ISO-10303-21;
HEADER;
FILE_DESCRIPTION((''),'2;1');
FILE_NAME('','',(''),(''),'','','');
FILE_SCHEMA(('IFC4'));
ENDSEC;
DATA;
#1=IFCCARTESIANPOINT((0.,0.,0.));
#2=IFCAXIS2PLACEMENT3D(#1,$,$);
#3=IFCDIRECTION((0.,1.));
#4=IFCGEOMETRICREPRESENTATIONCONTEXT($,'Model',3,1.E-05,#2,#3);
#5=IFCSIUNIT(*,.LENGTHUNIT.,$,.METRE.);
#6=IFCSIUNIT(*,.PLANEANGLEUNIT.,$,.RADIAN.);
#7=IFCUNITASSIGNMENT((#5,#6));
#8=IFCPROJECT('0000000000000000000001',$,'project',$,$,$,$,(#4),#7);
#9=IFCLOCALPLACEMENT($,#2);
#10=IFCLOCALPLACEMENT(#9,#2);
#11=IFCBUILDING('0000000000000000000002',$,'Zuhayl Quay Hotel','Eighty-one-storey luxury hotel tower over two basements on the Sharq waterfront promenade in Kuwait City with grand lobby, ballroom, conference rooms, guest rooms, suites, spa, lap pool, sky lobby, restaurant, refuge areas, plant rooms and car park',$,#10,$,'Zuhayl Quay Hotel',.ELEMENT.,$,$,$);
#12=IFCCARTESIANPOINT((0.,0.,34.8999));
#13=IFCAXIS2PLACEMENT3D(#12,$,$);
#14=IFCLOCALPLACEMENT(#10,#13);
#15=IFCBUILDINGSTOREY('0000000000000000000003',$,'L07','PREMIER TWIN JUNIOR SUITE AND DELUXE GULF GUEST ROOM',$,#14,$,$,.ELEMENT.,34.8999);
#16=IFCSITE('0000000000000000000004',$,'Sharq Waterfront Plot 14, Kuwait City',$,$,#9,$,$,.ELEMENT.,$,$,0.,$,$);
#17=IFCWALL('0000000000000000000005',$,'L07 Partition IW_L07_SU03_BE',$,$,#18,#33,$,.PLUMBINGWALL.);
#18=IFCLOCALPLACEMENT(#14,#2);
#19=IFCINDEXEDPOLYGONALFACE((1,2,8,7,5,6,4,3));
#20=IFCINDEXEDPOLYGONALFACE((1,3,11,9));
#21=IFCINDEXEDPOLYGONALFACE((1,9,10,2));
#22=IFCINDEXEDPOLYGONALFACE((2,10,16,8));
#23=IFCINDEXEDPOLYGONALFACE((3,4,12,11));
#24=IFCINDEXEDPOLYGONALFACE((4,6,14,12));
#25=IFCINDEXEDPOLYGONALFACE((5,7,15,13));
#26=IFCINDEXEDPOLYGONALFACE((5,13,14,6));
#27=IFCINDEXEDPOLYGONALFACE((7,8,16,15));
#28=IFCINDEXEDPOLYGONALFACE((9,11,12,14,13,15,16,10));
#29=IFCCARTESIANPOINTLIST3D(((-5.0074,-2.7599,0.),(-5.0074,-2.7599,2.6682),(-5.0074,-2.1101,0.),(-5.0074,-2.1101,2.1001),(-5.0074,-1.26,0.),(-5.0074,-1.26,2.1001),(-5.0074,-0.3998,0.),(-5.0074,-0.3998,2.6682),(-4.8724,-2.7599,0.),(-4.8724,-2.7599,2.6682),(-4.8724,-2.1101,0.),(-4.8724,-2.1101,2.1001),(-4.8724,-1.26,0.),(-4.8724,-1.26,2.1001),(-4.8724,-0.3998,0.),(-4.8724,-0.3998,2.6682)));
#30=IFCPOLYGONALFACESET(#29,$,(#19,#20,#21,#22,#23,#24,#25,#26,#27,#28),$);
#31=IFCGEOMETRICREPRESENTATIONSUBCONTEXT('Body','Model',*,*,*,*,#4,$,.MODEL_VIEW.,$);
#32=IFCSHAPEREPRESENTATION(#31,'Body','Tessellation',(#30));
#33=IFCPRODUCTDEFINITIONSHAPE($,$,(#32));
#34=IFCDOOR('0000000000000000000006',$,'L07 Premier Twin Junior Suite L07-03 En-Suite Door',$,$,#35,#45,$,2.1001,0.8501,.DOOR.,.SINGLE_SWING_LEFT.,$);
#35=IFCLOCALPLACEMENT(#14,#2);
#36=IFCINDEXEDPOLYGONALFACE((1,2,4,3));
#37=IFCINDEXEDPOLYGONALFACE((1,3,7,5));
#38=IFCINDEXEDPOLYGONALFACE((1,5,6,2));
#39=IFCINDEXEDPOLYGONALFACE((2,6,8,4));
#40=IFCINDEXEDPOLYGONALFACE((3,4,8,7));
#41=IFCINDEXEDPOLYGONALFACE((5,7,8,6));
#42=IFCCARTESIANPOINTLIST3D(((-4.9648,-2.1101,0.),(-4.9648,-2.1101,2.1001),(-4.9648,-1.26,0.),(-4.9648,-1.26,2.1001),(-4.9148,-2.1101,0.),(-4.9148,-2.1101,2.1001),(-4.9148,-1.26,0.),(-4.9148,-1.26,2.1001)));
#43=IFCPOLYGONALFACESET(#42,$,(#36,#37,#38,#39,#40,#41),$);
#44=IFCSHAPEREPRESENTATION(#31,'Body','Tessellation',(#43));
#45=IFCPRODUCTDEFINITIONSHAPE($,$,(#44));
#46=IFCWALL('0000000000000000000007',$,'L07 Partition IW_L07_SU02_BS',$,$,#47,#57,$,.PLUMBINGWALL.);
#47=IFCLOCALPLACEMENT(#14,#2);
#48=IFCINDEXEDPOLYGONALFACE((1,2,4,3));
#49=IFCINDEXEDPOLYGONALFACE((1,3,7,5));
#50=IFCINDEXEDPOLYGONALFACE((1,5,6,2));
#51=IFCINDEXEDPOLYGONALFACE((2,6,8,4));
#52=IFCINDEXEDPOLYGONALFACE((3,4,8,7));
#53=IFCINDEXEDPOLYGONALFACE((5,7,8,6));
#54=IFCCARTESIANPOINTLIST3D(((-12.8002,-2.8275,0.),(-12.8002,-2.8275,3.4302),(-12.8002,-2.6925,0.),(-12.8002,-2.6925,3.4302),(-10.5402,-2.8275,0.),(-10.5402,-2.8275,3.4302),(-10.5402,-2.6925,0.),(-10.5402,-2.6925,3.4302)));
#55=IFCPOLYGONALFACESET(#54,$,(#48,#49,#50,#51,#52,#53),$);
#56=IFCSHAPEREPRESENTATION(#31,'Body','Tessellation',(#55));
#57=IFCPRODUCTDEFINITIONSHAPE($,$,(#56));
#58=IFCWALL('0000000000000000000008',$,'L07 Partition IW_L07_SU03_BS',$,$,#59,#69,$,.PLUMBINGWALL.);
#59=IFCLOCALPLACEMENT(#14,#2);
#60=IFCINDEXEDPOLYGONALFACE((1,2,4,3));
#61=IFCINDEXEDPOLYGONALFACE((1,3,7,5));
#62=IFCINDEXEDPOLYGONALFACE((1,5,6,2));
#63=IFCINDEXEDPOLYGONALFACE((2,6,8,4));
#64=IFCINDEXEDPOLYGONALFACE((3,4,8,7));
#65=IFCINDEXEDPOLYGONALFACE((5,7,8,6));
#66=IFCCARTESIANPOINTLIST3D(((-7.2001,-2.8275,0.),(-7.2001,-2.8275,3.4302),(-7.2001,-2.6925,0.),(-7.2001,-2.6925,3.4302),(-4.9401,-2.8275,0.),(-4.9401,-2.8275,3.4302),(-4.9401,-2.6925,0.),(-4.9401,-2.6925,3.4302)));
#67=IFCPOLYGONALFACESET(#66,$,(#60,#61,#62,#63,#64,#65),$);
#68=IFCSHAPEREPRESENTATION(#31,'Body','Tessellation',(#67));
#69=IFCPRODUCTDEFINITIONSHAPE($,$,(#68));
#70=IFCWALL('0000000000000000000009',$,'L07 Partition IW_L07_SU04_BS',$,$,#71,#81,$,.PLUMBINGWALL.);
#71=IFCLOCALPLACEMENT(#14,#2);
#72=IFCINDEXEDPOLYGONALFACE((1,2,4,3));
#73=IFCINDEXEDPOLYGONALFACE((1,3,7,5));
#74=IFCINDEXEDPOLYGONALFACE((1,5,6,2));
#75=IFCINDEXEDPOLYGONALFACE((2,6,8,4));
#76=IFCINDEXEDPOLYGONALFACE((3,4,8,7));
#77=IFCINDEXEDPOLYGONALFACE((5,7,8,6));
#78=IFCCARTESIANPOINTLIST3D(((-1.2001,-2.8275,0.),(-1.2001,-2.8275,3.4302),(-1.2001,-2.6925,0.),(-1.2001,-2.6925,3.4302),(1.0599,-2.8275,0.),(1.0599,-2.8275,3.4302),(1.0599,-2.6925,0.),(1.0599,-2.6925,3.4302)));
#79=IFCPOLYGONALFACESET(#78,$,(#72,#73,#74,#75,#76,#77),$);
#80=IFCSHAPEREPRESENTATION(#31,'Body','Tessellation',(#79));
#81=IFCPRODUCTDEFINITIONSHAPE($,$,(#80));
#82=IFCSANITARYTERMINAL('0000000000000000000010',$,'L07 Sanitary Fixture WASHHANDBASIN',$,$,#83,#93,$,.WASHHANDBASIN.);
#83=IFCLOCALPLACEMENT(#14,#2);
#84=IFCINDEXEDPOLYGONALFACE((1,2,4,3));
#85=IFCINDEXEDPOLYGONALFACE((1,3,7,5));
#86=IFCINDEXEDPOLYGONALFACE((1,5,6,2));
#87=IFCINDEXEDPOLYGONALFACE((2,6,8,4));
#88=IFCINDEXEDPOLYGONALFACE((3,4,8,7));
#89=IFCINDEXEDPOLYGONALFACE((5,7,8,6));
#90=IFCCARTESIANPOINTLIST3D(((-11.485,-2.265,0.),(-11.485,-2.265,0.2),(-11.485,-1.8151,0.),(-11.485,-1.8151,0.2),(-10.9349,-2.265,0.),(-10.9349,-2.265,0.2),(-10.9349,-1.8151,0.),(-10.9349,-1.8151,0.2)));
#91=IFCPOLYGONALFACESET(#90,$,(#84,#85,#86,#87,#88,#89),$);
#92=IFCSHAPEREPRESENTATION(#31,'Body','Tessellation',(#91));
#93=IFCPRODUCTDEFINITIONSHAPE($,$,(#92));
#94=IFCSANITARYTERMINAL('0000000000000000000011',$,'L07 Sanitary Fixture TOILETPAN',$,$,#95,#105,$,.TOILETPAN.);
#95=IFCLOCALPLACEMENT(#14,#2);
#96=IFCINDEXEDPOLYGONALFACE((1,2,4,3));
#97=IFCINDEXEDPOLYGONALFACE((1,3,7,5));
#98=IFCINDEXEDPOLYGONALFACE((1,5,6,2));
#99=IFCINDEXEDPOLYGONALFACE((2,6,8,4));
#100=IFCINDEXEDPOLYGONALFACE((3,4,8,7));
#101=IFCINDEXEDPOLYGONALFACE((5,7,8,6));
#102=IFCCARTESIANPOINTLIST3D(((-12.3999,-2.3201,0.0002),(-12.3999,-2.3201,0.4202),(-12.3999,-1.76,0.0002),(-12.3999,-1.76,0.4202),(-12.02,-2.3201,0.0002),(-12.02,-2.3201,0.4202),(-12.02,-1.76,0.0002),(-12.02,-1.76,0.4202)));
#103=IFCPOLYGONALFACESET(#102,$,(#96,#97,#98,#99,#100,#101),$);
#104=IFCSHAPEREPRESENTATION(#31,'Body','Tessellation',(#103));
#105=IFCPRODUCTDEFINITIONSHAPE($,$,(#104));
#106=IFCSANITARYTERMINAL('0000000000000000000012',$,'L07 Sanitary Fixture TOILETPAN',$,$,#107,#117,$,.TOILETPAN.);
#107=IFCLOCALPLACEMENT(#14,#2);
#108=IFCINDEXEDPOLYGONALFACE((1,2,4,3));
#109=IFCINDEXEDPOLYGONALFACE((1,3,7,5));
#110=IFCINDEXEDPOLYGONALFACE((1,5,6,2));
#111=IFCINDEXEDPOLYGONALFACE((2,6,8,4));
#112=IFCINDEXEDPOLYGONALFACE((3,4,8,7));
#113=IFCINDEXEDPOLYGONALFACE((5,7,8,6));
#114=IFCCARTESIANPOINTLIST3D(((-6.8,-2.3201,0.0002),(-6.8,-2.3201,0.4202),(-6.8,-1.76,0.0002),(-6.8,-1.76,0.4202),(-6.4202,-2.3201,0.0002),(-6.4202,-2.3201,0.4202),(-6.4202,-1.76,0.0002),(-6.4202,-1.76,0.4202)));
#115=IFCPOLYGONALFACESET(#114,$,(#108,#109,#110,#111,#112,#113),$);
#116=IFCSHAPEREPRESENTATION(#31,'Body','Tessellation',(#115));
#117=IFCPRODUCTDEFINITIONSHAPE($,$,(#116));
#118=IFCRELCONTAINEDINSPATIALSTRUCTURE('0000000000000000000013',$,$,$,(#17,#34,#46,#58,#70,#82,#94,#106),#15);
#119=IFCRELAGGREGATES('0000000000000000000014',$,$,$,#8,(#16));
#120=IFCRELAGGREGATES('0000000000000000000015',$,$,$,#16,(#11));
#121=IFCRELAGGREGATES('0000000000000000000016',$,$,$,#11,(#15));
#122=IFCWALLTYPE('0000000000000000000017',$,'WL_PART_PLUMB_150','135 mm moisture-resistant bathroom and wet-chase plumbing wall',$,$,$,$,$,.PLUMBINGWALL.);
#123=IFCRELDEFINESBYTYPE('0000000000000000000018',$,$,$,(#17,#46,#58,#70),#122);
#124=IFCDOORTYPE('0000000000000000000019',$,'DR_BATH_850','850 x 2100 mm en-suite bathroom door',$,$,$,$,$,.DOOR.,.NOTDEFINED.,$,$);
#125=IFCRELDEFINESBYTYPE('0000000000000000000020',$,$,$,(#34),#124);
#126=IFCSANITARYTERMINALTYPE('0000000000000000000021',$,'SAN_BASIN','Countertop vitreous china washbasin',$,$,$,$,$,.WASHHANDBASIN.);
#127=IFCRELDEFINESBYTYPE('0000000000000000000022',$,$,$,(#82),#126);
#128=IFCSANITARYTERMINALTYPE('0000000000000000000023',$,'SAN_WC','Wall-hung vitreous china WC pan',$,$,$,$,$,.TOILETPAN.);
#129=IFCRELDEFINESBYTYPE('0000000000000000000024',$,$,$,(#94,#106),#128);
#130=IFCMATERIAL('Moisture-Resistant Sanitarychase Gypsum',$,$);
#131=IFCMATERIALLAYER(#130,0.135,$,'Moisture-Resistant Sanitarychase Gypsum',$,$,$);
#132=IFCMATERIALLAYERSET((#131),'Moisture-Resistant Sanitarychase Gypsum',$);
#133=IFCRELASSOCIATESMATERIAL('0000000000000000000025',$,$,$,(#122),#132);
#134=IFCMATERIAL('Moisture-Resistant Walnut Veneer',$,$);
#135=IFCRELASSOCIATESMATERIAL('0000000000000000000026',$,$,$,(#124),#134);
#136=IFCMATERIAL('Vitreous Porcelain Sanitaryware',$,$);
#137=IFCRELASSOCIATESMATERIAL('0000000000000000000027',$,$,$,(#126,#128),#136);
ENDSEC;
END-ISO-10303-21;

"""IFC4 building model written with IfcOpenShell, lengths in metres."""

from ifc_helpers import new_model, si_unit, direction, frame, frame_2d, origin, origin_2d, place, context, subcontext, project, spatial, rectangle, extrude, material, layer, layer_set, type_object, element, fill, save


model = new_model("IFC4")

# Units and contexts
model_context = context("Model", 3, precision=1e-05, world=origin(), true_north=direction((0.0, 1.0)))
body_context = subcontext(model_context, "Body", "Model", "MODEL_VIEW")
ifc_project = project(units=[si_unit("LENGTHUNIT", "METRE"), si_unit("PLANEANGLEUNIT", "RADIAN")], contexts=[model_context])

# Site, building, storey
site_placement = place(None, origin())
site = spatial("IfcSite", under=ifc_project, at=site_placement, Name="Sharq Waterfront Plot 14, Kuwait City", CompositionType="ELEMENT", RefElevation=0.0)
building_placement = place(site_placement, origin())
building = spatial("IfcBuilding", under=site, at=building_placement, Name="Zuhayl Quay Hotel", Description="Eighty-one-storey luxury hotel tower over two basements on the Sharq waterfront promenade in Kuwait City with grand lobby, ballroom, conference rooms, guest rooms, suites, spa, lap pool, sky lobby, restaurant, refuge areas, plant rooms and car park", LongName="Zuhayl Quay Hotel", CompositionType="ELEMENT")
storey_placement = place(building_placement, frame((0.0, 0.0, 34.8999)))
storey = spatial("IfcBuildingStorey", under=building, at=storey_placement, Name="L07", Description="PREMIER TWIN JUNIOR SUITE AND DELUXE GULF GUEST ROOM", CompositionType="ELEMENT", Elevation=34.8999)

# Wall, opening, door
ifc_material_1 = material(Name="Moisture-Resistant Sanitarychase Gypsum")
ifc_layer_1 = layer(ifc_material_1, 0.135, Name="Moisture-Resistant Sanitarychase Gypsum")
ifc_layer_set_1 = layer_set([ifc_layer_1], Name="Moisture-Resistant Sanitarychase Gypsum")
wall_type_1 = type_object("IfcWallType", Name="WL_PART_PLUMB_150", Description="135 mm moisture-resistant bathroom and wet-chase plumbing wall", PredefinedType="PLUMBINGWALL", material=ifc_layer_set_1)
ifc_material_2 = material(Name="Moisture-Resistant Walnut Veneer")
door_type_1 = type_object("IfcDoorType", Name="DR_BATH_850", Description="850 x 2100 mm en-suite bathroom door", OperationType="NOTDEFINED", PredefinedType="DOOR", material=ifc_material_2)
wall_1_placement = place(storey_placement, frame((-4.9399, -2.76, 0.0), z_axis=(0.0, 0.0, 1.0), x_axis=(0.0, 1.0, 0.0)))
wall_1 = element("IfcWall", 1, at=wall_1_placement, inside=storey, type_object=wall_type_1, Name="L07 Partition IW_L07_SU03_BE", PredefinedType="PLUMBINGWALL", context=body_context, shape_type="SweptSolid", body=[
    extrude(rectangle(XDim=2.3601, YDim=0.135, at=frame_2d((1.1802, 0.0))), origin(), (0.0, 0.0, 1.0), 2.6682),
])
opening_1_placement = place(wall_1_placement, frame((0.6499, 0.0, 0.0)))
opening_1 = element("IfcOpeningElement", 2, at=opening_1_placement, cuts=wall_1, PredefinedType="OPENING", context=body_context, shape_type="SweptSolid", body=[
    extrude(rectangle(XDim=0.8501, YDim=2.1001, at=frame_2d((0.425, 1.05))), frame((0.0, 0.0774, 0.0), z_axis=(0.0, -1.0, 0.0), x_axis=(1.0, 0.0, 0.0)), (0.0, 0.0, 1.0), 0.155),
])
door_1_placement = place(opening_1_placement, origin())
door_1 = element("IfcDoor", 3, at=door_1_placement, inside=storey, type_object=door_type_1, Name="L07 Premier Twin Junior Suite L07-03 En-Suite Door", OperationType="SINGLE_SWING_LEFT", OverallHeight=2.1001, OverallWidth=0.8501, PredefinedType="DOOR", context=body_context, shape_type="SweptSolid", body=[
    extrude(rectangle(XDim=0.8501, YDim=2.1001, at=frame_2d((0.425, 1.05))), frame((0.0, 0.0249, 0.0), z_axis=(0.0, -1.0, 0.0), x_axis=(1.0, 0.0, 0.0)), (0.0, 0.0, 1.0), 0.05),
])
fill(opening_1, door_1)

# Walls
for number, where, z_axis, x_axis, name in (
    (4, (-12.8, -2.76, 0.0), (0.0, 0.0, 1.0), (1.0, 0.0, 0.0), "L07 Partition IW_L07_SU02_BS"),
    (5, (-7.2, -2.76, 0.0), (0.0, 0.0, 1.0), (1.0, 0.0, 0.0), "L07 Partition IW_L07_SU03_BS"),
    (6, (-1.2, -2.76, 0.0), (0.0, 0.0, 1.0), (1.0, 0.0, 0.0), "L07 Partition IW_L07_SU04_BS"),
):
    element("IfcWall", number, at=place(storey_placement, frame(where, z_axis=z_axis, x_axis=x_axis)), inside=storey, type_object=wall_type_1, Name=name, PredefinedType="PLUMBINGWALL", context=body_context, shape_type="SweptSolid", body=[
        extrude(rectangle(XDim=2.26, YDim=0.135, at=frame_2d((1.1299, 0.0))), origin(), (0.0, 0.0, 1.0), 3.4302),
    ])

# Sanitary terminals
ifc_material_3 = material(Name="Vitreous Porcelain Sanitaryware")
sanitary_terminal_type_1 = type_object("IfcSanitaryTerminalType", Name="SAN_BASIN", Description="Countertop vitreous china washbasin", PredefinedType="WASHHANDBASIN", material=ifc_material_3)
sanitary_terminal_placement = place(storey_placement, frame((-11.21, -2.04, 0.0), z_axis=(0.0, 0.0, 1.0), x_axis=(1.0, 0.0, 0.0)))
element("IfcSanitaryTerminal", 7, at=sanitary_terminal_placement, inside=storey, type_object=sanitary_terminal_type_1, Name="L07 Sanitary Fixture WASHHANDBASIN", PredefinedType="WASHHANDBASIN", context=body_context, shape_type="SweptSolid", body=[
    extrude(rectangle(XDim=0.55, YDim=0.45, at=origin_2d()), origin(), (0.0, 0.0, 1.0), 0.2),
])
sanitary_terminal_type_2 = type_object("IfcSanitaryTerminalType", Name="SAN_WC", Description="Wall-hung vitreous china WC pan", PredefinedType="TOILETPAN", material=ifc_material_3)
for number, where, z_axis, x_axis, name in (
    (8, (-12.21, -2.04, 0.0002), (0.0, 0.0, 1.0), (1.0, 0.0, 0.0), "L07 Sanitary Fixture TOILETPAN"),
    (9, (-6.6101, -2.04, 0.0002), (0.0, 0.0, 1.0), (1.0, 0.0, 0.0), "L07 Sanitary Fixture TOILETPAN"),
):
    element("IfcSanitaryTerminal", number, at=place(storey_placement, frame(where, z_axis=z_axis, x_axis=x_axis)), inside=storey, type_object=sanitary_terminal_type_2, Name=name, PredefinedType="TOILETPAN", context=body_context, shape_type="SweptSolid", body=[
        extrude(rectangle(XDim=0.3799, YDim=0.5601, at=origin_2d()), origin(), (0.0, 0.0, 1.0), 0.4199),
    ])

save(model, "model.ifc")
